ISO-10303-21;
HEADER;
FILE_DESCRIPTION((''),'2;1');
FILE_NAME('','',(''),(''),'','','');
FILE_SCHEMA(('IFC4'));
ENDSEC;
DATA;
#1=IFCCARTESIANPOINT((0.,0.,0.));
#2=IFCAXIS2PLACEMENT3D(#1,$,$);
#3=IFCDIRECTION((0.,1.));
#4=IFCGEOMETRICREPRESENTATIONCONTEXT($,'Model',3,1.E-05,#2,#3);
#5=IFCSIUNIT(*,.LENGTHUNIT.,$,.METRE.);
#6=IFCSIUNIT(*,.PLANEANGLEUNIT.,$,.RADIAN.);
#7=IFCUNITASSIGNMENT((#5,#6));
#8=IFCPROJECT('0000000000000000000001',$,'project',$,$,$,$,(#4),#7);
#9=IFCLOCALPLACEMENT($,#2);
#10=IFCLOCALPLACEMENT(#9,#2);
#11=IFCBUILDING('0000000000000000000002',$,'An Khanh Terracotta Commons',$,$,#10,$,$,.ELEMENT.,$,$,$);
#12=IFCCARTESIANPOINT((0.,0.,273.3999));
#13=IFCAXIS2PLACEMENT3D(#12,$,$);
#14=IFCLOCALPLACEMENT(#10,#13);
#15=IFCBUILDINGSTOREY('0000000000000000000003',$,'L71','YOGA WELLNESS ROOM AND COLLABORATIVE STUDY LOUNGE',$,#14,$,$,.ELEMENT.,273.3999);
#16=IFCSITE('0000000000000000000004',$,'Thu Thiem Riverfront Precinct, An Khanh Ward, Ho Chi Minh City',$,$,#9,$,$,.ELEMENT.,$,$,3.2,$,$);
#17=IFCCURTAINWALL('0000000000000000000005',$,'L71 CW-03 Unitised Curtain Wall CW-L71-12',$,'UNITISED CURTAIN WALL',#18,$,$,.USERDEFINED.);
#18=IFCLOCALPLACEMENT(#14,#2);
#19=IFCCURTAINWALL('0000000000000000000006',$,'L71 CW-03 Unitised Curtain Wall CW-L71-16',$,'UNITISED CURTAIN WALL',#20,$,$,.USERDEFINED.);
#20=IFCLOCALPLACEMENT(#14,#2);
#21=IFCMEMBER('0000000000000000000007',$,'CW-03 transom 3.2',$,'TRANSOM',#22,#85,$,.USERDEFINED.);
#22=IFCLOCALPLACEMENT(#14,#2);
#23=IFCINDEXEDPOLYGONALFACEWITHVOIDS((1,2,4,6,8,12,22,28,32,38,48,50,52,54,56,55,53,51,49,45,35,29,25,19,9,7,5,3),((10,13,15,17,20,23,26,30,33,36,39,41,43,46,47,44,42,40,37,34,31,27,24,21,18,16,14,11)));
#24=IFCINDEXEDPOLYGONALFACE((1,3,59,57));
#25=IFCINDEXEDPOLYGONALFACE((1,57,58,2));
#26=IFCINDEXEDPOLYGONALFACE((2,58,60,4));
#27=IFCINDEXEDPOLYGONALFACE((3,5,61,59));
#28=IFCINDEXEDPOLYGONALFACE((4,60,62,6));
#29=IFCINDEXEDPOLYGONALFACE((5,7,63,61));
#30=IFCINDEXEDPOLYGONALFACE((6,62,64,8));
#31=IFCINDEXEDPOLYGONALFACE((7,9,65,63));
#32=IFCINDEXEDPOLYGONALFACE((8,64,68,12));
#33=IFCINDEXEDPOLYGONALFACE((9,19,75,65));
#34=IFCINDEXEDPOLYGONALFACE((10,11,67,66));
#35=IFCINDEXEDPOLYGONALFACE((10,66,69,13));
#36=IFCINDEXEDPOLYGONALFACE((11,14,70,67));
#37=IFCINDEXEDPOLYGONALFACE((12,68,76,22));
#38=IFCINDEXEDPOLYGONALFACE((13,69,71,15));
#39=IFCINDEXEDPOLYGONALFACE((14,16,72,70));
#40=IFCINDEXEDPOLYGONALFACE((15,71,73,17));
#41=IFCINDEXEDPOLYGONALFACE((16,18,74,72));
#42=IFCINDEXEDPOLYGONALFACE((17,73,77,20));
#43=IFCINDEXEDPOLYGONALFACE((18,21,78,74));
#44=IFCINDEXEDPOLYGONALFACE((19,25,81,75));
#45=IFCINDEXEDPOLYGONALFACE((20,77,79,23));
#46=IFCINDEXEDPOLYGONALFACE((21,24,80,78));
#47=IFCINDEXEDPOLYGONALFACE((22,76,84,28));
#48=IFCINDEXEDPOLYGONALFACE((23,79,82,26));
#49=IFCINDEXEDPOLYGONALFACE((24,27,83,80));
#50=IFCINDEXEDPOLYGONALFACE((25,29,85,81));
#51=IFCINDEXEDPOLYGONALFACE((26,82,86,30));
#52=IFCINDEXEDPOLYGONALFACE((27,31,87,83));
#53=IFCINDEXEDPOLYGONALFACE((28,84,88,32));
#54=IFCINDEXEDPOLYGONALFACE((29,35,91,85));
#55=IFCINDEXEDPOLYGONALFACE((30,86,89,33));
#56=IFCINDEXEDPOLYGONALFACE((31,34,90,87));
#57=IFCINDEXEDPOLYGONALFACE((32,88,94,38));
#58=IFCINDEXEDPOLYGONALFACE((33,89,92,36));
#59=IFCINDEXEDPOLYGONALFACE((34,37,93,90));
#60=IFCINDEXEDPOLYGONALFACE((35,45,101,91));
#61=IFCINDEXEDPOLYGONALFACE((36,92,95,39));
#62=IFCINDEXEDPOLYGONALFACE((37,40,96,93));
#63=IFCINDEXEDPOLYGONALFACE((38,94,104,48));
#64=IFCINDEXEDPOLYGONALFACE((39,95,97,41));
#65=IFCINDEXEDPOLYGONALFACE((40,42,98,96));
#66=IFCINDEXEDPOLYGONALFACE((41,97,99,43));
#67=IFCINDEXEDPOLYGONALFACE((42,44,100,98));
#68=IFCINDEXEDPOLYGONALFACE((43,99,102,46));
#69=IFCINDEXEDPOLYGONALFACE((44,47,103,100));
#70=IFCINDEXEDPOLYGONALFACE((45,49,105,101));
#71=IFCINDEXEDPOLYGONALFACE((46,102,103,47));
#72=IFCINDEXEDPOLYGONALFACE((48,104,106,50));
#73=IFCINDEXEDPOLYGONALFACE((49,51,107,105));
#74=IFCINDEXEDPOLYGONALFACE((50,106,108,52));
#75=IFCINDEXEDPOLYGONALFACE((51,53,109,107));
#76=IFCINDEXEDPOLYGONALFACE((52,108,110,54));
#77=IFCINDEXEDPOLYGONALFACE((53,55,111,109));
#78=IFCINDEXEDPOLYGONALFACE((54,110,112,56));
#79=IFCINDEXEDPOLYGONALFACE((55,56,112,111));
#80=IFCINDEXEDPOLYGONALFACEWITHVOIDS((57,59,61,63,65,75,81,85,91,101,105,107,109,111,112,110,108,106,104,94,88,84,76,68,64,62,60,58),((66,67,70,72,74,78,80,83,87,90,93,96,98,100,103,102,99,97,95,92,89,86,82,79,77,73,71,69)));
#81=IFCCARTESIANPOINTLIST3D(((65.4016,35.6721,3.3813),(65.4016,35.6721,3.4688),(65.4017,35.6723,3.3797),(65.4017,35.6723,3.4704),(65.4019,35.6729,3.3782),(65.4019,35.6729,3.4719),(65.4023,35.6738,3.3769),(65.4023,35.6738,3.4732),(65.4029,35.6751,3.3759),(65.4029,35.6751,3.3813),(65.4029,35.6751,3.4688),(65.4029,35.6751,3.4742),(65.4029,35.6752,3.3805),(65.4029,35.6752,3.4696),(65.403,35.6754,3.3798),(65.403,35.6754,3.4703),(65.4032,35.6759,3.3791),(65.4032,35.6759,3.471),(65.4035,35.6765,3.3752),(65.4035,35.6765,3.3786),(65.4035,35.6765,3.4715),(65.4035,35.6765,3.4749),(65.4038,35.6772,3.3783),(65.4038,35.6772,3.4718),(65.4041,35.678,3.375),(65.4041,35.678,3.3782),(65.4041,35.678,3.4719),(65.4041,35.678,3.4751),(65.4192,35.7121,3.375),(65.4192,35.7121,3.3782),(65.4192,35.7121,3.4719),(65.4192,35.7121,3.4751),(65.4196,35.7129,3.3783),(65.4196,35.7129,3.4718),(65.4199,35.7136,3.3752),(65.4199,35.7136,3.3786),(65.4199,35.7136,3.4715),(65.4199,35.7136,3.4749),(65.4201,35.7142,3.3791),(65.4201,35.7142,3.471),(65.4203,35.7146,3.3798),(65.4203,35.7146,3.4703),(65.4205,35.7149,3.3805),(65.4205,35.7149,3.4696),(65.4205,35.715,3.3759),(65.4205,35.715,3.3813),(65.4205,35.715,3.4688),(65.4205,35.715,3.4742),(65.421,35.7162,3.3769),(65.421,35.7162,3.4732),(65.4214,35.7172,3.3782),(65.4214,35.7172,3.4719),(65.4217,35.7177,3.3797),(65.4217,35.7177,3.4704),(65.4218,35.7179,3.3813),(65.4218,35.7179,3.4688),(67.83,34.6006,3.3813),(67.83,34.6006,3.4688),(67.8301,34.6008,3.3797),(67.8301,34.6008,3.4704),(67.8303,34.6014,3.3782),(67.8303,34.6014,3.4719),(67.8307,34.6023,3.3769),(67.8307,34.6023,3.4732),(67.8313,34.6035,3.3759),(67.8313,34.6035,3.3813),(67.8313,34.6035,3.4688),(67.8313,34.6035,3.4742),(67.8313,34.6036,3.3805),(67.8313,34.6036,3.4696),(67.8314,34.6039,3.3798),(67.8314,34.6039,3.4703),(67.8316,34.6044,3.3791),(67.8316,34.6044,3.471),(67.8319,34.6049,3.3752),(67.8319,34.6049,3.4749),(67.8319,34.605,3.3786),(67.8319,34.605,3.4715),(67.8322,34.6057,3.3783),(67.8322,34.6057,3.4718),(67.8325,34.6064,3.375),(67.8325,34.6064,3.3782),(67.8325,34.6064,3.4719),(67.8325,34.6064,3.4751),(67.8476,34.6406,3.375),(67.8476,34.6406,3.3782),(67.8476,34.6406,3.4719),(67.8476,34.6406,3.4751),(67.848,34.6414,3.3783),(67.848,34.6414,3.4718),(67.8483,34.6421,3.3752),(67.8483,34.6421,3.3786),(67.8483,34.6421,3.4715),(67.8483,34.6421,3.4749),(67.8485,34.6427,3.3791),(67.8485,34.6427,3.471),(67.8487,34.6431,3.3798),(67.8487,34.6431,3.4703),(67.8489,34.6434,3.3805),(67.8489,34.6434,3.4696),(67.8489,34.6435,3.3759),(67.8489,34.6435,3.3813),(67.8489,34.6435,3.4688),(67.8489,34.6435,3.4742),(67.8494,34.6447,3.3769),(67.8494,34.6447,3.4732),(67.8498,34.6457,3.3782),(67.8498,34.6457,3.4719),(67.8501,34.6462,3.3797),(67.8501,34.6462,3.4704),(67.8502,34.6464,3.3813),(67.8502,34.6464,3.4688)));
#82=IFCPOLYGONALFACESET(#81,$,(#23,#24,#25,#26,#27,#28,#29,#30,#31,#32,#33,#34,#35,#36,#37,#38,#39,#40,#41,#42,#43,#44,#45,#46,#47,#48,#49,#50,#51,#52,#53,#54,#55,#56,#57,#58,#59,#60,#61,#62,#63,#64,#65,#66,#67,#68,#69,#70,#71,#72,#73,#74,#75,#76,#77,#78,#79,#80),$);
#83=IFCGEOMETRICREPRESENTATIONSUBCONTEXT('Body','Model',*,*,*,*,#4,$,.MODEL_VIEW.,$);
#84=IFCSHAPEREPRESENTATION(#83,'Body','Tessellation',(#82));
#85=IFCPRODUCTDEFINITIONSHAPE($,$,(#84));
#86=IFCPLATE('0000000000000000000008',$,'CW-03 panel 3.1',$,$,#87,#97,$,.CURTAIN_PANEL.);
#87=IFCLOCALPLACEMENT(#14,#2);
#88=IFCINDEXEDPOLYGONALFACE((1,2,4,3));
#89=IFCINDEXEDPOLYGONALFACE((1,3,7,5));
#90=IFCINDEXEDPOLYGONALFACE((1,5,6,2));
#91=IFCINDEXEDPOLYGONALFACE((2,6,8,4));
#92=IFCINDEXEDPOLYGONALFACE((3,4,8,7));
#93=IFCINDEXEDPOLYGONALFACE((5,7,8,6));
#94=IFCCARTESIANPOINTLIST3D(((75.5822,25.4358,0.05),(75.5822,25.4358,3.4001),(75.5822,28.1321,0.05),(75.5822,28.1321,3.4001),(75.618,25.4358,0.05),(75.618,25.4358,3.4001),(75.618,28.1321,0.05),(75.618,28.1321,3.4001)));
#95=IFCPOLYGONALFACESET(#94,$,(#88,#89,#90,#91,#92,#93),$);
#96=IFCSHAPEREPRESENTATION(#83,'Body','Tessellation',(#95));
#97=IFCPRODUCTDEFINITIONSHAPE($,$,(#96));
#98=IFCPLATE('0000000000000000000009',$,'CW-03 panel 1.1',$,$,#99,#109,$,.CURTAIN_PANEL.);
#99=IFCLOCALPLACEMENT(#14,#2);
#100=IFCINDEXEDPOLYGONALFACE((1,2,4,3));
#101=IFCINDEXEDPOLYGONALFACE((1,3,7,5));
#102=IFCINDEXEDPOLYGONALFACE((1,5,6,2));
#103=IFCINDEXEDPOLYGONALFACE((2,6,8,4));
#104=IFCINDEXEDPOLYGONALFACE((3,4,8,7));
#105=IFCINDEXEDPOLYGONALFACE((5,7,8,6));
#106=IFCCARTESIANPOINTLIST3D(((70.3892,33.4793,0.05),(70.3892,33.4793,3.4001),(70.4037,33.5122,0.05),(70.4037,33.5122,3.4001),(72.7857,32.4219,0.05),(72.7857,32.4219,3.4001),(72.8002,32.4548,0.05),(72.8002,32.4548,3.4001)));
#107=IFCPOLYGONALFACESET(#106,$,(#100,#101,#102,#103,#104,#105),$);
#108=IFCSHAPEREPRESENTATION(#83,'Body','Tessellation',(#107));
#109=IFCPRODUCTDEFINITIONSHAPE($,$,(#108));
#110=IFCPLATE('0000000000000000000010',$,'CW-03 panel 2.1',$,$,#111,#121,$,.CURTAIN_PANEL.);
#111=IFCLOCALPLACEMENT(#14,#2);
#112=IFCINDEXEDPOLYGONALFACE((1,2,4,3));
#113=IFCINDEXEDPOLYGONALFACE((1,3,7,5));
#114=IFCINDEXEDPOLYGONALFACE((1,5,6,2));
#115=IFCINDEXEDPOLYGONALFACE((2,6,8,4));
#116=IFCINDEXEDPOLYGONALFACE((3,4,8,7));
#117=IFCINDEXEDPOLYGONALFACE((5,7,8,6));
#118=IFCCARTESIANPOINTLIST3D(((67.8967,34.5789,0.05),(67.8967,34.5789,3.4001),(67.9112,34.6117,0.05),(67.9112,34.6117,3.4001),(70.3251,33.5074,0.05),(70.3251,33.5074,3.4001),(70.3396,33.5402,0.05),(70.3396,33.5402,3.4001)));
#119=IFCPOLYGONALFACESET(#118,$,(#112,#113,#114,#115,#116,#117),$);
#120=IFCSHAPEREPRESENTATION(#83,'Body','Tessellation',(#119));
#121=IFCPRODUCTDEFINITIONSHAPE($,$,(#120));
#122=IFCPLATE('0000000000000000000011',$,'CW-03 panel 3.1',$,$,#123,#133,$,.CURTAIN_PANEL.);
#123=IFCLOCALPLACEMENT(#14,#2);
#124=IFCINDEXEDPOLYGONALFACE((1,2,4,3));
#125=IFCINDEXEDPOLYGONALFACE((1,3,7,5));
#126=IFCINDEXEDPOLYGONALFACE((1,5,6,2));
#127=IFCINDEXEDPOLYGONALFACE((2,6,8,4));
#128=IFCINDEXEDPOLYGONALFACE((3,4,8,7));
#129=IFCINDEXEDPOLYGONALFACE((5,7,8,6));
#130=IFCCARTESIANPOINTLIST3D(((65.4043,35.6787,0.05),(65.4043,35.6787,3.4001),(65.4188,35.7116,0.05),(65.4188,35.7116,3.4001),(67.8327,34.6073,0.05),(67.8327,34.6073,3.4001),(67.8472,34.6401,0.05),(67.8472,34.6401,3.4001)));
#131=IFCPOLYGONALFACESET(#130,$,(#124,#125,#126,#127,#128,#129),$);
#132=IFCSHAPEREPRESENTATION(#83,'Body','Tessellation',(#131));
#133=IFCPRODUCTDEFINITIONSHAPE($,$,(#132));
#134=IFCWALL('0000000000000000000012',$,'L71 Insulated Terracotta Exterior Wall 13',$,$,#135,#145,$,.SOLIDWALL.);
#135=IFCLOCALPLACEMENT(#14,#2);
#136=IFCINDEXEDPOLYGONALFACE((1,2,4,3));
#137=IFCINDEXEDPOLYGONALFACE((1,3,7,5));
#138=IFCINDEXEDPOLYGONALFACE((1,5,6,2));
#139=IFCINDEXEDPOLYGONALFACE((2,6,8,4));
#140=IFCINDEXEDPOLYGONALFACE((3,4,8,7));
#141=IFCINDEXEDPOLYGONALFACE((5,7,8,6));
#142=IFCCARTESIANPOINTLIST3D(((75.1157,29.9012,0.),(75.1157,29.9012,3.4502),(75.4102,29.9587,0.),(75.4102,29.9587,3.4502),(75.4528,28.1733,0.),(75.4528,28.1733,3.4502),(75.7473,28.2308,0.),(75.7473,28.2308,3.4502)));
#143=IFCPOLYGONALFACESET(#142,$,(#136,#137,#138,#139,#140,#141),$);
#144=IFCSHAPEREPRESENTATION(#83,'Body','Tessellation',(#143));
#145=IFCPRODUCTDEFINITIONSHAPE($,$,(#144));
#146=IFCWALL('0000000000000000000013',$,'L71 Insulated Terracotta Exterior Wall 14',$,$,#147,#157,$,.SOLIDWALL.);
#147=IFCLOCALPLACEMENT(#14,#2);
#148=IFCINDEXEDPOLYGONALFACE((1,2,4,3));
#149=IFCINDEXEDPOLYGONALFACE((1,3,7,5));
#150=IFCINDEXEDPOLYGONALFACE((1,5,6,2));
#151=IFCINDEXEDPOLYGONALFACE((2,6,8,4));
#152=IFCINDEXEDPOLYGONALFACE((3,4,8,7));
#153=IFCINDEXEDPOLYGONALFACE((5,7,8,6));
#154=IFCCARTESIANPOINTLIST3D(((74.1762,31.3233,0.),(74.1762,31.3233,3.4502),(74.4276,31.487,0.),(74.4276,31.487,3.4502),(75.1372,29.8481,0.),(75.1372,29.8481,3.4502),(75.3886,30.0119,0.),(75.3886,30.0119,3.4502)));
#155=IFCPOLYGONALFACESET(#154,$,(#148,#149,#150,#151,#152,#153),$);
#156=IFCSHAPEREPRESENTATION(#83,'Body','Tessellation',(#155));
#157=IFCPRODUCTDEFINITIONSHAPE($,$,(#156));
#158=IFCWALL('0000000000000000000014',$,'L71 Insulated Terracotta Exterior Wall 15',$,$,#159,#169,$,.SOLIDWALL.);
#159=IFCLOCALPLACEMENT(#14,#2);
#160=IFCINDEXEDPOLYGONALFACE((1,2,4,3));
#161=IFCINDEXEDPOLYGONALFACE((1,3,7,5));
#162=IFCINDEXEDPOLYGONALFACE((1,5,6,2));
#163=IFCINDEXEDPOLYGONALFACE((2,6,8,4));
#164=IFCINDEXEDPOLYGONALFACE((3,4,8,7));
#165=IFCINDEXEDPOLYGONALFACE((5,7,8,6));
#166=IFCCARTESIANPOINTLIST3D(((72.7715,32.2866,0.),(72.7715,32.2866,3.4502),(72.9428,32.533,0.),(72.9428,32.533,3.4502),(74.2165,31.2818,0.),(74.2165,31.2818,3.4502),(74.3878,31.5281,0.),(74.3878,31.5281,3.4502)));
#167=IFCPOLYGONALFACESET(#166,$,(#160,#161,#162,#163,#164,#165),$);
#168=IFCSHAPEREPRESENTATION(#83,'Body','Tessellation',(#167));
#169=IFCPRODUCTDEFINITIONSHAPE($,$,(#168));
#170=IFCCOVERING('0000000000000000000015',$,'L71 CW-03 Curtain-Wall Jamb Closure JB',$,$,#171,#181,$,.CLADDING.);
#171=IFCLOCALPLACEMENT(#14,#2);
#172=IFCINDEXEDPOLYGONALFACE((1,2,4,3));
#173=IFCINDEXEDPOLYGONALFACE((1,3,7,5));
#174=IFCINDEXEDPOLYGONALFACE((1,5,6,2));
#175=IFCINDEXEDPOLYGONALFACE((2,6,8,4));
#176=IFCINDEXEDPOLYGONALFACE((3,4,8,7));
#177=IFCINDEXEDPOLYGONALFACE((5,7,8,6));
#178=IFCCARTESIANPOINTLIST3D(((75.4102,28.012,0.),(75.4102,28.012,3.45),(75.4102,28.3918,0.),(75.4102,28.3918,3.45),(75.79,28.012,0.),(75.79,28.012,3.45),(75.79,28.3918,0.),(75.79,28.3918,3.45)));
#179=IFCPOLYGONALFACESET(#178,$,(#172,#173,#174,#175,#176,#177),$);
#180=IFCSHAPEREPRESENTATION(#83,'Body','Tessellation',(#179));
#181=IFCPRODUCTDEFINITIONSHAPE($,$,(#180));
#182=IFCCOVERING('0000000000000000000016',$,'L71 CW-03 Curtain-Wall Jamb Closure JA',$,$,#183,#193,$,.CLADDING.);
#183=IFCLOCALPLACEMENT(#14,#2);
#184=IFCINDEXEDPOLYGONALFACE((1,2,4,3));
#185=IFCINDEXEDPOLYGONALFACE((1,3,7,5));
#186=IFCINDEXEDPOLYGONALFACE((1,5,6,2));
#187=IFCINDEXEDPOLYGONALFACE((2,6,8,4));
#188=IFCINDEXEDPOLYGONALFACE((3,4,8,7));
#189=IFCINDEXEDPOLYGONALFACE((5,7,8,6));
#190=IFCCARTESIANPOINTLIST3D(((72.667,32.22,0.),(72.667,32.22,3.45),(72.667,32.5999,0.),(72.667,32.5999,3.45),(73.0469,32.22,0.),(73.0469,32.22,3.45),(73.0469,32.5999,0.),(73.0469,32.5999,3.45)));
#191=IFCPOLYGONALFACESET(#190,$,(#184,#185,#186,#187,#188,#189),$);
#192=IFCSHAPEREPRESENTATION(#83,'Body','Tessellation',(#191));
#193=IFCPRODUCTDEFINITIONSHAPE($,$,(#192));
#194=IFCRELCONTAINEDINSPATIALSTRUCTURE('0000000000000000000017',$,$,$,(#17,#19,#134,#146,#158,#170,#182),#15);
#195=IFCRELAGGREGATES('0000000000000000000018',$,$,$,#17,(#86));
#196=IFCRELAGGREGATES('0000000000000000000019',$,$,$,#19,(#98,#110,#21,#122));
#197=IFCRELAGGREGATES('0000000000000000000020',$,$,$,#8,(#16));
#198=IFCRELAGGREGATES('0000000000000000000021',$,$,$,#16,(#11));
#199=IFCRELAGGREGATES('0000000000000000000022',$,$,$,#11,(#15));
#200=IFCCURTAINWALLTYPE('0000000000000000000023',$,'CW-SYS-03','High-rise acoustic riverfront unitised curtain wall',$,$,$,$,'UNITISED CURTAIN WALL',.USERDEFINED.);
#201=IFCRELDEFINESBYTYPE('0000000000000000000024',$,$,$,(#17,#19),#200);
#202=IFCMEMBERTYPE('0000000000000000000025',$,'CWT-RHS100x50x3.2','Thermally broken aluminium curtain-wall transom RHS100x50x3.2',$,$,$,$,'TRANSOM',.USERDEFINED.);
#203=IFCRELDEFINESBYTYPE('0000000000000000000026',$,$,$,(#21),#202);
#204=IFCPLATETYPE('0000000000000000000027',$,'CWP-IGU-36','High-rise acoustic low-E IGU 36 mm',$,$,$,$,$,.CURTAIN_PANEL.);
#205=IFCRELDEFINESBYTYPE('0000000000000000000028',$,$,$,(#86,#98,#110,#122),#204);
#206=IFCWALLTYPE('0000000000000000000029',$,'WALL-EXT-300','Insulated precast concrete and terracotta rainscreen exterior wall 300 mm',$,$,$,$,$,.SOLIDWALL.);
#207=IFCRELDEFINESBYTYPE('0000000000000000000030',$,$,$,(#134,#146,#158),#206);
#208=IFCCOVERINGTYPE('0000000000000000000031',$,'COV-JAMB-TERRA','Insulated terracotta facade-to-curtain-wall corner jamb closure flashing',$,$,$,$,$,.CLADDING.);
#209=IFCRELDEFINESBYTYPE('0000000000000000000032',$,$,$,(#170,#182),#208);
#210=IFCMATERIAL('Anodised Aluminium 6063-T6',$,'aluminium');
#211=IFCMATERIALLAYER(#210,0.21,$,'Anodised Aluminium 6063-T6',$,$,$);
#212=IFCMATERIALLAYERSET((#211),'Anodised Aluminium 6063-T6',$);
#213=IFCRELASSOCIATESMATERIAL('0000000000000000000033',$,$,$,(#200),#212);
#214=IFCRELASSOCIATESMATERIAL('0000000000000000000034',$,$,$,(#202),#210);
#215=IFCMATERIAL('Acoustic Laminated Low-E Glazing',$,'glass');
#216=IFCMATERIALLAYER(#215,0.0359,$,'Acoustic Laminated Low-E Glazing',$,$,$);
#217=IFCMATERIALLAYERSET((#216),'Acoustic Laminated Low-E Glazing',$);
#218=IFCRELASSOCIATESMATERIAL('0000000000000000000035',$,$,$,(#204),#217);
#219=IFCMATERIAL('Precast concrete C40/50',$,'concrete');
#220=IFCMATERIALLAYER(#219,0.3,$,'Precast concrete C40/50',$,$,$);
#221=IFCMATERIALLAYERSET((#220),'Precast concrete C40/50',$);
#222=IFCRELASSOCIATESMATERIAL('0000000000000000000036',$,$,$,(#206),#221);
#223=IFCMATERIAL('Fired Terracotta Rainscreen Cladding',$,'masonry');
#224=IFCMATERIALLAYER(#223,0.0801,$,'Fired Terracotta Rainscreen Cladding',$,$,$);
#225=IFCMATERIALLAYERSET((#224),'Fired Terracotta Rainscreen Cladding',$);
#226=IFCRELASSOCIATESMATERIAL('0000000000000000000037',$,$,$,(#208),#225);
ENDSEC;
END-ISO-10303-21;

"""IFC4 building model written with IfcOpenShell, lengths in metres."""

from ifc_helpers import new_model, si_unit, direction, frame, frame_2d, origin, origin_2d, place, context, subcontext, project, spatial, rectangle, hollow_rectangle, extrude, material, layer, layer_set, material_profile, profile_set, type_object, element, aggregate, save


model = new_model("IFC4")

# Units and contexts
model_context = context("Model", 3, precision=1e-05, world=origin(), true_north=direction((0.0, 1.0)))
body_context = subcontext(model_context, "Body", "Model", "MODEL_VIEW")
ifc_project = project(units=[si_unit("LENGTHUNIT", "METRE"), si_unit("PLANEANGLEUNIT", "RADIAN")], contexts=[model_context])

# Site, building, storey
site_placement = place(None, origin())
site = spatial("IfcSite", under=ifc_project, at=site_placement, Name="Thu Thiem Riverfront Precinct, An Khanh Ward, Ho Chi Minh City", CompositionType="ELEMENT", RefElevation=3.2)
building_placement = place(site_placement, origin())
building = spatial("IfcBuilding", under=site, at=building_placement, Name="An Khanh Terracotta Commons", CompositionType="ELEMENT")
storey_placement = place(building_placement, frame((0.0, 0.0, 273.3999)))
storey = spatial("IfcBuildingStorey", under=building, at=storey_placement, Name="L71", Description="YOGA WELLNESS ROOM AND COLLABORATIVE STUDY LOUNGE", CompositionType="ELEMENT", Elevation=273.3999)

# Curtain walls
ifc_material_1 = material(Name="Anodised Aluminium 6063-T6", Category="aluminium")
ifc_layer_1 = layer(ifc_material_1, 0.21, Name="Anodised Aluminium 6063-T6")
ifc_layer_set_1 = layer_set([ifc_layer_1], Name="Anodised Aluminium 6063-T6")
curtain_wall_type = type_object("IfcCurtainWallType", Name="CW-SYS-03", Description="High-rise acoustic riverfront unitised curtain wall", ElementType="UNITISED CURTAIN WALL", PredefinedType="USERDEFINED", material=ifc_layer_set_1)
curtain_wall_1_placement = place(storey_placement, origin())
curtain_wall_1 = element("IfcCurtainWall", 1, at=curtain_wall_1_placement, inside=storey, type_object=curtain_wall_type, Name="L71 CW-03 Unitised Curtain Wall CW-L71-12", ObjectType="UNITISED CURTAIN WALL", PredefinedType="USERDEFINED")
curtain_wall_2_placement = place(storey_placement, origin())
curtain_wall_2 = element("IfcCurtainWall", 2, at=curtain_wall_2_placement, inside=storey, type_object=curtain_wall_type, Name="L71 CW-03 Unitised Curtain Wall CW-L71-16", ObjectType="UNITISED CURTAIN WALL", PredefinedType="USERDEFINED")

# Member
ifc_material_profile_1 = material_profile(ifc_material_1, hollow_rectangle(XDim=0.05, YDim=0.1001, WallThickness=0.0032, InnerFilletRadius=0.0032, OuterFilletRadius=0.0063, at=origin_2d()), Name="RHS100x50x3.2")
ifc_profile_set_1 = profile_set([ifc_material_profile_1], Name="Anodised Aluminium 6063-T6")
member_type_1 = type_object("IfcMemberType", Name="CWT-RHS100x50x3.2", Description="Thermally broken aluminium curtain-wall transom RHS100x50x3.2", ElementType="TRANSOM", PredefinedType="USERDEFINED", material=ifc_profile_set_1)
member_1_placement = place(storey_placement, frame((67.8401, 34.6235, 3.425), z_axis=(-0.914897, 0.403688, 0.0), x_axis=(-0.403688, -0.914897, 0.0)))
member_1 = element("IfcMember", 3, at=member_1_placement, type_object=member_type_1, Name="CW-03 transom 3.2", ObjectType="TRANSOM", PredefinedType="USERDEFINED", context=body_context, shape_type="SweptSolid", body=[
    extrude(hollow_rectangle(XDim=0.05, YDim=0.1001, WallThickness=0.0032, InnerFilletRadius=0.0032, OuterFilletRadius=0.0063, at=origin_2d()), origin(), (0.0, 0.0, 1.0), 2.6543),
])

# Plates
ifc_material_2 = material(Name="Acoustic Laminated Low-E Glazing", Category="glass")
ifc_layer_2 = layer(ifc_material_2, 0.0359, Name="Acoustic Laminated Low-E Glazing")
ifc_layer_set_2 = layer_set([ifc_layer_2], Name="Acoustic Laminated Low-E Glazing")
plate_type = type_object("IfcPlateType", Name="CWP-IGU-36", Description="High-rise acoustic low-E IGU 36 mm", PredefinedType="CURTAIN_PANEL", material=ifc_layer_set_2)
plate_1_placement = place(storey_placement, frame((75.6001, 26.7839, 0.05), z_axis=(0.0, 0.0, 1.0), x_axis=(0.0, 1.0, 0.0)))
plate_1 = element("IfcPlate", 4, at=plate_1_placement, type_object=plate_type, Name="CW-03 panel 3.1", PredefinedType="CURTAIN_PANEL", context=body_context, shape_type="SweptSolid", body=[
    extrude(rectangle(XDim=2.6963, YDim=0.0359, at=origin_2d()), origin(), (0.0, 0.0, 1.0), 3.3501),
])
aggregate(curtain_wall_1, [plate_1])
plate_2_placement = place(storey_placement, frame((71.5947, 32.967, 0.05), z_axis=(0.0, 0.0, 1.0), x_axis=(-0.914902, 0.403676, 0.0)))
plate_2 = element("IfcPlate", 5, at=plate_2_placement, type_object=plate_type, Name="CW-03 panel 1.1", PredefinedType="CURTAIN_PANEL", context=body_context, shape_type="SweptSolid", body=[
    extrude(rectangle(XDim=2.6194, YDim=0.0359, at=origin_2d()), origin(), (0.0, 0.0, 1.0), 3.3501),
])
plate_3_placement = place(storey_placement, frame((69.1182, 34.0596, 0.05), z_axis=(0.0, 0.0, 1.0), x_axis=(-0.914902, 0.403676, 0.0)))
plate_3 = element("IfcPlate", 6, at=plate_3_placement, type_object=plate_type, Name="CW-03 panel 2.1", PredefinedType="CURTAIN_PANEL", context=body_context, shape_type="SweptSolid", body=[
    extrude(rectangle(XDim=2.6543, YDim=0.0359, at=origin_2d()), origin(), (0.0, 0.0, 1.0), 3.3501),
])
plate_4_placement = place(storey_placement, frame((66.6257, 35.1594, 0.05), z_axis=(0.0, 0.0, 1.0), x_axis=(-0.914902, 0.403676, 0.0)))
plate_4 = element("IfcPlate", 7, at=plate_4_placement, type_object=plate_type, Name="CW-03 panel 3.1", PredefinedType="CURTAIN_PANEL", context=body_context, shape_type="SweptSolid", body=[
    extrude(rectangle(XDim=2.6543, YDim=0.0359, at=origin_2d()), origin(), (0.0, 0.0, 1.0), 3.3501),
])
aggregate(curtain_wall_2, [plate_2, plate_3, member_1, plate_4])

# Walls
ifc_material_3 = material(Name="Precast concrete C40/50", Category="concrete")
ifc_layer_3 = layer(ifc_material_3, 0.3, Name="Precast concrete C40/50")
ifc_layer_set_3 = layer_set([ifc_layer_3], Name="Precast concrete C40/50")
wall_type = type_object("IfcWallType", Name="WALL-EXT-300", Description="Insulated precast concrete and terracotta rainscreen exterior wall 300 mm", PredefinedType="SOLIDWALL", material=ifc_layer_set_3)
for number, where, z_axis, x_axis, name in (
    (8, (75.6001, 28.2019, 0.0), (0.0, 0.0, 1.0), (-0.191501, 0.981492, 0.0), "L71 Insulated Terracotta Exterior Wall 13"),
    (9, (75.2629, 29.9299, 0.0), (0.0, 0.0, 1.0), (-0.545836, 0.837892, 0.0), "L71 Insulated Terracotta Exterior Wall 14"),
):
    element("IfcWall", number, at=place(storey_placement, frame(where, z_axis=z_axis, x_axis=x_axis)), inside=storey, type_object=wall_type, Name=name, PredefinedType="SOLIDWALL", context=body_context, shape_type="SweptSolid", body=[
        extrude(rectangle(XDim=1.7605, YDim=0.3, at=frame_2d((0.8804, 0.0))), origin(), (0.0, 0.0, 1.0), 3.4502),
    ])
wall_placement = place(storey_placement, frame((74.302, 31.405, 0.0), z_axis=(0.0, 0.0, 1.0), x_axis=(-0.821007, 0.570918, 0.0)))
element("IfcWall", 10, at=wall_placement, inside=storey, type_object=wall_type, Name="L71 Insulated Terracotta Exterior Wall 15", PredefinedType="SOLIDWALL", context=body_context, shape_type="SweptSolid", body=[
    extrude(rectangle(XDim=1.76, YDim=0.3, at=frame_2d((0.8799, 0.0))), origin(), (0.0, 0.0, 1.0), 3.4502),
])

# Coverings
ifc_material_4 = material(Name="Fired Terracotta Rainscreen Cladding", Category="masonry")
ifc_layer_4 = layer(ifc_material_4, 0.0801, Name="Fired Terracotta Rainscreen Cladding")
ifc_layer_set_4 = layer_set([ifc_layer_4], Name="Fired Terracotta Rainscreen Cladding")
covering_type = type_object("IfcCoveringType", Name="COV-JAMB-TERRA", Description="Insulated terracotta facade-to-curtain-wall corner jamb closure flashing", PredefinedType="CLADDING", material=ifc_layer_set_4)
for number, where, z_axis, x_axis, name in (
    (11, (75.6001, 28.2019, 0.0), (0.0, 0.0, 1.0), (1.0, 0.0, 0.0), "L71 CW-03 Curtain-Wall Jamb Closure JB"),
    (12, (72.8569, 32.4099, 0.0), (0.0, 0.0, 1.0), (1.0, 0.0, 0.0), "L71 CW-03 Curtain-Wall Jamb Closure JA"),
):
    element("IfcCovering", number, at=place(storey_placement, frame(where, z_axis=z_axis, x_axis=x_axis)), inside=storey, type_object=covering_type, Name=name, PredefinedType="CLADDING", context=body_context, shape_type="SweptSolid", body=[
        extrude(rectangle(XDim=0.3799, YDim=0.3799, at=origin_2d()), origin(), (0.0, 0.0, 1.0), 3.45),
    ])

save(model, "model.ifc")
